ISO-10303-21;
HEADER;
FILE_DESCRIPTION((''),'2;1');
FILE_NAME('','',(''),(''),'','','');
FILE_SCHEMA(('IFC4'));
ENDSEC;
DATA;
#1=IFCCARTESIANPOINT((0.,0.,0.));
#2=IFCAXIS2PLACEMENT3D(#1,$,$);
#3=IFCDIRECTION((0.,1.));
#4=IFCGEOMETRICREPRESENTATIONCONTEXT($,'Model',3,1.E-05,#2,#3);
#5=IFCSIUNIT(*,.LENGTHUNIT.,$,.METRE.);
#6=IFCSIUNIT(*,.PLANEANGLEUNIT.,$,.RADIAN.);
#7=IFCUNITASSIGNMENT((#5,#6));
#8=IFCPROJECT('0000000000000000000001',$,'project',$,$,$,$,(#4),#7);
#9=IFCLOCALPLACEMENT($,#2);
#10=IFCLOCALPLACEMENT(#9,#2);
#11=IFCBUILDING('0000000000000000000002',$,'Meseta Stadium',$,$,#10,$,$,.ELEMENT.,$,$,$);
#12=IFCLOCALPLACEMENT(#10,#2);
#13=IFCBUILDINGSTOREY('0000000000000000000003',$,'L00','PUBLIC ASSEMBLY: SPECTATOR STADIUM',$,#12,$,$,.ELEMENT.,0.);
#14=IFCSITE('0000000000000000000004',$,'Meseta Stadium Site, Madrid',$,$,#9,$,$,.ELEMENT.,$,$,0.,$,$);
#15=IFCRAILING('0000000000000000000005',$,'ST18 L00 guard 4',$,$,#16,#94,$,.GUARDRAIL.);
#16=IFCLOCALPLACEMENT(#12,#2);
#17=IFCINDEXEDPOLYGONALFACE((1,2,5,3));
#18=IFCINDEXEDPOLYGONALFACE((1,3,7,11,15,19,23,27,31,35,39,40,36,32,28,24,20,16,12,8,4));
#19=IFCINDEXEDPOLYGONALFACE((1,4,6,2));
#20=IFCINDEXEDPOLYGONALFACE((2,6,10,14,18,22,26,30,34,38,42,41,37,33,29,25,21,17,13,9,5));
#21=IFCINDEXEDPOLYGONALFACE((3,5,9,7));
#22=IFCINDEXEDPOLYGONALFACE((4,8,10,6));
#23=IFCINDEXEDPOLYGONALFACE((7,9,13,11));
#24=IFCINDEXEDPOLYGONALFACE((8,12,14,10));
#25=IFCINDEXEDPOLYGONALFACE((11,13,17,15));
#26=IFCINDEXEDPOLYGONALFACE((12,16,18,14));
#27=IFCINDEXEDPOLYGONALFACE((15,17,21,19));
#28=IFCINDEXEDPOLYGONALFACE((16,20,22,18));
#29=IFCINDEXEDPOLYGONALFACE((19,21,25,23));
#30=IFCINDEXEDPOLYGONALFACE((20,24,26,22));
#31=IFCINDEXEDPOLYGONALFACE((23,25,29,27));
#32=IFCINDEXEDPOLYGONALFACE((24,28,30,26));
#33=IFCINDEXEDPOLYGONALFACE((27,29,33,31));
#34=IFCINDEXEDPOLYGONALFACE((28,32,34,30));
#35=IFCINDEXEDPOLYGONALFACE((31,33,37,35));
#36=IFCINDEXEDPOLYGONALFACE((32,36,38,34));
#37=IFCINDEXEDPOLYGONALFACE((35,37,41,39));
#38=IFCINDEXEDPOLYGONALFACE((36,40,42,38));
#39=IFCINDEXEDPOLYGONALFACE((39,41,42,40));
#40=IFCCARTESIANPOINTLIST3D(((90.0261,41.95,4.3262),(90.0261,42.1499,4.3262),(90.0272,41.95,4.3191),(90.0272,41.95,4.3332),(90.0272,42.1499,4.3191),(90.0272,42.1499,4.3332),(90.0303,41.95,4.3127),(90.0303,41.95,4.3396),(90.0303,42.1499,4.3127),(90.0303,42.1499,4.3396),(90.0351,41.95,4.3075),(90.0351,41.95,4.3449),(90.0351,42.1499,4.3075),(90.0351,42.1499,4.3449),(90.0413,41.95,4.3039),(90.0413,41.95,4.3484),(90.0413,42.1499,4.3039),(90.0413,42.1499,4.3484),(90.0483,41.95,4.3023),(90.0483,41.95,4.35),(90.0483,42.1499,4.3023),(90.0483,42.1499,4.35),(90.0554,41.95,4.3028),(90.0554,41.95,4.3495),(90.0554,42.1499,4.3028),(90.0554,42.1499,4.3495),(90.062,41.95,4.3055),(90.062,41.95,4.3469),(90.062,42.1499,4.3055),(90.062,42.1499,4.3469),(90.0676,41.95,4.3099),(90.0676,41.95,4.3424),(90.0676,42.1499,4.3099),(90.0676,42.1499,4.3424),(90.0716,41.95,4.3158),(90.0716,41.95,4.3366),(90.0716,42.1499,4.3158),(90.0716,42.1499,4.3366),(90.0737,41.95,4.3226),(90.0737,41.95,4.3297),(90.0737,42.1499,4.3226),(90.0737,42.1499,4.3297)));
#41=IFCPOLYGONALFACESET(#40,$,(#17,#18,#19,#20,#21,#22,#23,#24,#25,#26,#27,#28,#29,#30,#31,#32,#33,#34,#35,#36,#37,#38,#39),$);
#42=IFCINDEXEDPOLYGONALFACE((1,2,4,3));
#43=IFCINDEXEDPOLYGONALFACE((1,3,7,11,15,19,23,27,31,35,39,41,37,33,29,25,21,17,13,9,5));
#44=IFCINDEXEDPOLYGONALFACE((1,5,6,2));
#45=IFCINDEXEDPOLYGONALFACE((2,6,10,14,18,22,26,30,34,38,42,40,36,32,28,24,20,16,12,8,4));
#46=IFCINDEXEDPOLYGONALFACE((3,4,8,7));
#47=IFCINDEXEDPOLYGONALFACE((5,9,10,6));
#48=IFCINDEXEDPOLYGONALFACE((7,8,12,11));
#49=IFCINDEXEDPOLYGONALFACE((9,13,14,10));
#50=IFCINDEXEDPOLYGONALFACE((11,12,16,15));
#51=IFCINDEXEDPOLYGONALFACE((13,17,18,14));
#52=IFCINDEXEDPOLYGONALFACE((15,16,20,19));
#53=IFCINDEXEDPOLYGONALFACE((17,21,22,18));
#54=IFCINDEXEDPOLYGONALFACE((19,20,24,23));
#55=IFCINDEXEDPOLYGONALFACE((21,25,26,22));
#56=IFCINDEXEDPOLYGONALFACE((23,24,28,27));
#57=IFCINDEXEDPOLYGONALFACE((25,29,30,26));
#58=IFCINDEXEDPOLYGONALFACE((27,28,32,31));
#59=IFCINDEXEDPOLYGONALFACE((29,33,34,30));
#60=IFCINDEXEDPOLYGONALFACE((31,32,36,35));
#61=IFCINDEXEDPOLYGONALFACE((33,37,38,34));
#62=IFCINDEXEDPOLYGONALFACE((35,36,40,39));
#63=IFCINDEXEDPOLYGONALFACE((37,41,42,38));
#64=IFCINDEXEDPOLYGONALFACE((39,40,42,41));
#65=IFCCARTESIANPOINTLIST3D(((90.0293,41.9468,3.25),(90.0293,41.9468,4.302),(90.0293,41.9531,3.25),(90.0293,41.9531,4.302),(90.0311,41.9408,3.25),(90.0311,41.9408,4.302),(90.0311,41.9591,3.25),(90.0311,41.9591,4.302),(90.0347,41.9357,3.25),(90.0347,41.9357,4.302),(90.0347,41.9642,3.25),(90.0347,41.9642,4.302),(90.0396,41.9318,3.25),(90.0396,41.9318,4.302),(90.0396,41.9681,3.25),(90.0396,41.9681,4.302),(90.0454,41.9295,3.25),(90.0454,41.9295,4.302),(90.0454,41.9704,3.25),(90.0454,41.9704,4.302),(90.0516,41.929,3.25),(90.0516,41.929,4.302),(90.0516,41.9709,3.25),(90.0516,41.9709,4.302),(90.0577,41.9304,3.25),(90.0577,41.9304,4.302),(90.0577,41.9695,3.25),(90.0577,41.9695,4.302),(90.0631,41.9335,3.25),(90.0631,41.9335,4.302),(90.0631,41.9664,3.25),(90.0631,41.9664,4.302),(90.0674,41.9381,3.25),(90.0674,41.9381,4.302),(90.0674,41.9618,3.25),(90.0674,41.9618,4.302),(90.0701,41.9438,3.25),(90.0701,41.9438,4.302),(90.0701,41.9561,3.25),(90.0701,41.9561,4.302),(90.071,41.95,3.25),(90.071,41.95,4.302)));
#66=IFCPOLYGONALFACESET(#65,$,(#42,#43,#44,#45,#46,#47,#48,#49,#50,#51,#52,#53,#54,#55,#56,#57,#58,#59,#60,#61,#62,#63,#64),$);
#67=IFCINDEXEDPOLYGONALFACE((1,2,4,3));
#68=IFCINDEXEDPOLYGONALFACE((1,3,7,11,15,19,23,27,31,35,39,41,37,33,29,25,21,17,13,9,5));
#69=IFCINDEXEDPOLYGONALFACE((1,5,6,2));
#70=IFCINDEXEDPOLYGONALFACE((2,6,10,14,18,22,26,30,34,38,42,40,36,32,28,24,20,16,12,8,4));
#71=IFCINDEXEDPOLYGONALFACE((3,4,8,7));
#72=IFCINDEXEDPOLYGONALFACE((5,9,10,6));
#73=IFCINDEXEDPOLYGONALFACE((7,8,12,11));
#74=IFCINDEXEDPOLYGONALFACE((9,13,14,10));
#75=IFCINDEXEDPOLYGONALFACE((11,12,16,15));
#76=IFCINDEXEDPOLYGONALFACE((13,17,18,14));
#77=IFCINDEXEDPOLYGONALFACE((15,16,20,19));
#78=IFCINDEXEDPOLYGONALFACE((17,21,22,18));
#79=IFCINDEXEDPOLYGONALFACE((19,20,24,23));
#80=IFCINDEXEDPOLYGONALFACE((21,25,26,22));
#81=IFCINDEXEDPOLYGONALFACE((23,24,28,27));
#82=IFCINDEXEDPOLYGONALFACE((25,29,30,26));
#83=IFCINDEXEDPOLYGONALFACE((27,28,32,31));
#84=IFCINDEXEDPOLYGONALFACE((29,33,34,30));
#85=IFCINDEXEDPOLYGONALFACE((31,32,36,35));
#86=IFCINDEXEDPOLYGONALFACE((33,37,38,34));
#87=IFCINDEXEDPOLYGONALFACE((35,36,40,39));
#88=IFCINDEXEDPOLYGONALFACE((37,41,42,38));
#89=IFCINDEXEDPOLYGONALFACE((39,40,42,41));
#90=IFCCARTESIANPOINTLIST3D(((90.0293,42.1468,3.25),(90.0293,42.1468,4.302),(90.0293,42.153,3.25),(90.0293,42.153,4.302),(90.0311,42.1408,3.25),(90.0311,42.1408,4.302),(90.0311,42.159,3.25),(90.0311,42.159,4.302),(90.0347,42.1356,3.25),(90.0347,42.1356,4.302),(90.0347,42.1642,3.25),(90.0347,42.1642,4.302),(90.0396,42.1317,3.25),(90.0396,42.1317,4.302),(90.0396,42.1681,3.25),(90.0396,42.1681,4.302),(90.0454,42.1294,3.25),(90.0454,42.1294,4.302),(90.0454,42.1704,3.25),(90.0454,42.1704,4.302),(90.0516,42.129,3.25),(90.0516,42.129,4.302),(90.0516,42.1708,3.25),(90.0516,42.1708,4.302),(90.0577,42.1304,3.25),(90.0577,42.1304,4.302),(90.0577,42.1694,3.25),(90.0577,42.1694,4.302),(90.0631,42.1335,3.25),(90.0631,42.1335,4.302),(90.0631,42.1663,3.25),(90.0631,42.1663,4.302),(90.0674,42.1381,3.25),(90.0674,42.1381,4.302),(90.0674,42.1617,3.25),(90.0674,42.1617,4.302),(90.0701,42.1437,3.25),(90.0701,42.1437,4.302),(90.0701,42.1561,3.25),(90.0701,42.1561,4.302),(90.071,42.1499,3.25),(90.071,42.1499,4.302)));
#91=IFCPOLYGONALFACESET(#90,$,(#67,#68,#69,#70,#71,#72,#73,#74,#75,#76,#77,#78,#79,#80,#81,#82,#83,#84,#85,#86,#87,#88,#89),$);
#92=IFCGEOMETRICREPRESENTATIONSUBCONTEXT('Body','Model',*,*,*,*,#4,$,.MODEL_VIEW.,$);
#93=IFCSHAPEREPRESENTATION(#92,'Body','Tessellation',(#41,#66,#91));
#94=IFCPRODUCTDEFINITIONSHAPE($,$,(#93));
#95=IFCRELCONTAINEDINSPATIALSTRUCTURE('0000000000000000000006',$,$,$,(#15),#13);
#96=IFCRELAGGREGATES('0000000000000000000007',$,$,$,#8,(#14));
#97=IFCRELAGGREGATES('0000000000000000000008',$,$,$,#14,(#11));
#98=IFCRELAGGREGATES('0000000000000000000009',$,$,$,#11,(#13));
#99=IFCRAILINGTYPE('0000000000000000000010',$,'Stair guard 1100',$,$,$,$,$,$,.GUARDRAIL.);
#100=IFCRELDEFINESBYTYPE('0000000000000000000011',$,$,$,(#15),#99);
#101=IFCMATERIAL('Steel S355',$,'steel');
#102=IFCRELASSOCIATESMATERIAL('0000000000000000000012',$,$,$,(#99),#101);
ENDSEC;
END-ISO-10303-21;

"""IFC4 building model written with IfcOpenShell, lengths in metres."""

from ifc_helpers import new_model, si_unit, direction, frame, origin, origin_2d, place, context, subcontext, project, spatial, circle, extrude, material, type_object, element, save


model = new_model("IFC4")

# Units and contexts
model_context = context("Model", 3, precision=1e-05, world=origin(), true_north=direction((0.0, 1.0)))
body_context = subcontext(model_context, "Body", "Model", "MODEL_VIEW")
ifc_project = project(units=[si_unit("LENGTHUNIT", "METRE"), si_unit("PLANEANGLEUNIT", "RADIAN")], contexts=[model_context])

# Site, building, storey
site_placement = place(None, origin())
site = spatial("IfcSite", under=ifc_project, at=site_placement, Name="Meseta Stadium Site, Madrid", CompositionType="ELEMENT", RefElevation=0.0)
building_placement = place(site_placement, origin())
building = spatial("IfcBuilding", under=site, at=building_placement, Name="Meseta Stadium", CompositionType="ELEMENT")
storey_placement = place(building_placement, origin())
storey = spatial("IfcBuildingStorey", under=building, at=storey_placement, Name="L00", Description="PUBLIC ASSEMBLY: SPECTATOR STADIUM", CompositionType="ELEMENT", Elevation=0.0)

# Railing
ifc_material_1 = material(Name="Steel S355", Category="steel")
railing_type_1 = type_object("IfcRailingType", Name="Stair guard 1100", PredefinedType="GUARDRAIL", material=ifc_material_1)
railing_1_placement = place(storey_placement, frame((90.05, 41.95, 3.25)))
element("IfcRailing", 1, at=railing_1_placement, inside=storey, type_object=railing_type_1, Name="ST18 L00 guard 4", PredefinedType="GUARDRAIL", context=body_context, shape_type="SweptSolid", body=[
    extrude(circle(Radius=0.0239, at=origin_2d()), frame((0.0, 0.0, 1.0762), z_axis=(0.0, 1.0, 0.0), x_axis=(-1.0, 0.0, 0.0)), (0.0, 0.0, 1.0), 0.2),
    extrude(circle(Radius=0.021, at=origin_2d()), origin(), (0.0, 0.0, 1.0), 1.052),
    extrude(circle(Radius=0.021, at=origin_2d()), frame((0.0, 0.2, 0.0)), (0.0, 0.0, 1.0), 1.052),
])

save(model, "model.ifc")
